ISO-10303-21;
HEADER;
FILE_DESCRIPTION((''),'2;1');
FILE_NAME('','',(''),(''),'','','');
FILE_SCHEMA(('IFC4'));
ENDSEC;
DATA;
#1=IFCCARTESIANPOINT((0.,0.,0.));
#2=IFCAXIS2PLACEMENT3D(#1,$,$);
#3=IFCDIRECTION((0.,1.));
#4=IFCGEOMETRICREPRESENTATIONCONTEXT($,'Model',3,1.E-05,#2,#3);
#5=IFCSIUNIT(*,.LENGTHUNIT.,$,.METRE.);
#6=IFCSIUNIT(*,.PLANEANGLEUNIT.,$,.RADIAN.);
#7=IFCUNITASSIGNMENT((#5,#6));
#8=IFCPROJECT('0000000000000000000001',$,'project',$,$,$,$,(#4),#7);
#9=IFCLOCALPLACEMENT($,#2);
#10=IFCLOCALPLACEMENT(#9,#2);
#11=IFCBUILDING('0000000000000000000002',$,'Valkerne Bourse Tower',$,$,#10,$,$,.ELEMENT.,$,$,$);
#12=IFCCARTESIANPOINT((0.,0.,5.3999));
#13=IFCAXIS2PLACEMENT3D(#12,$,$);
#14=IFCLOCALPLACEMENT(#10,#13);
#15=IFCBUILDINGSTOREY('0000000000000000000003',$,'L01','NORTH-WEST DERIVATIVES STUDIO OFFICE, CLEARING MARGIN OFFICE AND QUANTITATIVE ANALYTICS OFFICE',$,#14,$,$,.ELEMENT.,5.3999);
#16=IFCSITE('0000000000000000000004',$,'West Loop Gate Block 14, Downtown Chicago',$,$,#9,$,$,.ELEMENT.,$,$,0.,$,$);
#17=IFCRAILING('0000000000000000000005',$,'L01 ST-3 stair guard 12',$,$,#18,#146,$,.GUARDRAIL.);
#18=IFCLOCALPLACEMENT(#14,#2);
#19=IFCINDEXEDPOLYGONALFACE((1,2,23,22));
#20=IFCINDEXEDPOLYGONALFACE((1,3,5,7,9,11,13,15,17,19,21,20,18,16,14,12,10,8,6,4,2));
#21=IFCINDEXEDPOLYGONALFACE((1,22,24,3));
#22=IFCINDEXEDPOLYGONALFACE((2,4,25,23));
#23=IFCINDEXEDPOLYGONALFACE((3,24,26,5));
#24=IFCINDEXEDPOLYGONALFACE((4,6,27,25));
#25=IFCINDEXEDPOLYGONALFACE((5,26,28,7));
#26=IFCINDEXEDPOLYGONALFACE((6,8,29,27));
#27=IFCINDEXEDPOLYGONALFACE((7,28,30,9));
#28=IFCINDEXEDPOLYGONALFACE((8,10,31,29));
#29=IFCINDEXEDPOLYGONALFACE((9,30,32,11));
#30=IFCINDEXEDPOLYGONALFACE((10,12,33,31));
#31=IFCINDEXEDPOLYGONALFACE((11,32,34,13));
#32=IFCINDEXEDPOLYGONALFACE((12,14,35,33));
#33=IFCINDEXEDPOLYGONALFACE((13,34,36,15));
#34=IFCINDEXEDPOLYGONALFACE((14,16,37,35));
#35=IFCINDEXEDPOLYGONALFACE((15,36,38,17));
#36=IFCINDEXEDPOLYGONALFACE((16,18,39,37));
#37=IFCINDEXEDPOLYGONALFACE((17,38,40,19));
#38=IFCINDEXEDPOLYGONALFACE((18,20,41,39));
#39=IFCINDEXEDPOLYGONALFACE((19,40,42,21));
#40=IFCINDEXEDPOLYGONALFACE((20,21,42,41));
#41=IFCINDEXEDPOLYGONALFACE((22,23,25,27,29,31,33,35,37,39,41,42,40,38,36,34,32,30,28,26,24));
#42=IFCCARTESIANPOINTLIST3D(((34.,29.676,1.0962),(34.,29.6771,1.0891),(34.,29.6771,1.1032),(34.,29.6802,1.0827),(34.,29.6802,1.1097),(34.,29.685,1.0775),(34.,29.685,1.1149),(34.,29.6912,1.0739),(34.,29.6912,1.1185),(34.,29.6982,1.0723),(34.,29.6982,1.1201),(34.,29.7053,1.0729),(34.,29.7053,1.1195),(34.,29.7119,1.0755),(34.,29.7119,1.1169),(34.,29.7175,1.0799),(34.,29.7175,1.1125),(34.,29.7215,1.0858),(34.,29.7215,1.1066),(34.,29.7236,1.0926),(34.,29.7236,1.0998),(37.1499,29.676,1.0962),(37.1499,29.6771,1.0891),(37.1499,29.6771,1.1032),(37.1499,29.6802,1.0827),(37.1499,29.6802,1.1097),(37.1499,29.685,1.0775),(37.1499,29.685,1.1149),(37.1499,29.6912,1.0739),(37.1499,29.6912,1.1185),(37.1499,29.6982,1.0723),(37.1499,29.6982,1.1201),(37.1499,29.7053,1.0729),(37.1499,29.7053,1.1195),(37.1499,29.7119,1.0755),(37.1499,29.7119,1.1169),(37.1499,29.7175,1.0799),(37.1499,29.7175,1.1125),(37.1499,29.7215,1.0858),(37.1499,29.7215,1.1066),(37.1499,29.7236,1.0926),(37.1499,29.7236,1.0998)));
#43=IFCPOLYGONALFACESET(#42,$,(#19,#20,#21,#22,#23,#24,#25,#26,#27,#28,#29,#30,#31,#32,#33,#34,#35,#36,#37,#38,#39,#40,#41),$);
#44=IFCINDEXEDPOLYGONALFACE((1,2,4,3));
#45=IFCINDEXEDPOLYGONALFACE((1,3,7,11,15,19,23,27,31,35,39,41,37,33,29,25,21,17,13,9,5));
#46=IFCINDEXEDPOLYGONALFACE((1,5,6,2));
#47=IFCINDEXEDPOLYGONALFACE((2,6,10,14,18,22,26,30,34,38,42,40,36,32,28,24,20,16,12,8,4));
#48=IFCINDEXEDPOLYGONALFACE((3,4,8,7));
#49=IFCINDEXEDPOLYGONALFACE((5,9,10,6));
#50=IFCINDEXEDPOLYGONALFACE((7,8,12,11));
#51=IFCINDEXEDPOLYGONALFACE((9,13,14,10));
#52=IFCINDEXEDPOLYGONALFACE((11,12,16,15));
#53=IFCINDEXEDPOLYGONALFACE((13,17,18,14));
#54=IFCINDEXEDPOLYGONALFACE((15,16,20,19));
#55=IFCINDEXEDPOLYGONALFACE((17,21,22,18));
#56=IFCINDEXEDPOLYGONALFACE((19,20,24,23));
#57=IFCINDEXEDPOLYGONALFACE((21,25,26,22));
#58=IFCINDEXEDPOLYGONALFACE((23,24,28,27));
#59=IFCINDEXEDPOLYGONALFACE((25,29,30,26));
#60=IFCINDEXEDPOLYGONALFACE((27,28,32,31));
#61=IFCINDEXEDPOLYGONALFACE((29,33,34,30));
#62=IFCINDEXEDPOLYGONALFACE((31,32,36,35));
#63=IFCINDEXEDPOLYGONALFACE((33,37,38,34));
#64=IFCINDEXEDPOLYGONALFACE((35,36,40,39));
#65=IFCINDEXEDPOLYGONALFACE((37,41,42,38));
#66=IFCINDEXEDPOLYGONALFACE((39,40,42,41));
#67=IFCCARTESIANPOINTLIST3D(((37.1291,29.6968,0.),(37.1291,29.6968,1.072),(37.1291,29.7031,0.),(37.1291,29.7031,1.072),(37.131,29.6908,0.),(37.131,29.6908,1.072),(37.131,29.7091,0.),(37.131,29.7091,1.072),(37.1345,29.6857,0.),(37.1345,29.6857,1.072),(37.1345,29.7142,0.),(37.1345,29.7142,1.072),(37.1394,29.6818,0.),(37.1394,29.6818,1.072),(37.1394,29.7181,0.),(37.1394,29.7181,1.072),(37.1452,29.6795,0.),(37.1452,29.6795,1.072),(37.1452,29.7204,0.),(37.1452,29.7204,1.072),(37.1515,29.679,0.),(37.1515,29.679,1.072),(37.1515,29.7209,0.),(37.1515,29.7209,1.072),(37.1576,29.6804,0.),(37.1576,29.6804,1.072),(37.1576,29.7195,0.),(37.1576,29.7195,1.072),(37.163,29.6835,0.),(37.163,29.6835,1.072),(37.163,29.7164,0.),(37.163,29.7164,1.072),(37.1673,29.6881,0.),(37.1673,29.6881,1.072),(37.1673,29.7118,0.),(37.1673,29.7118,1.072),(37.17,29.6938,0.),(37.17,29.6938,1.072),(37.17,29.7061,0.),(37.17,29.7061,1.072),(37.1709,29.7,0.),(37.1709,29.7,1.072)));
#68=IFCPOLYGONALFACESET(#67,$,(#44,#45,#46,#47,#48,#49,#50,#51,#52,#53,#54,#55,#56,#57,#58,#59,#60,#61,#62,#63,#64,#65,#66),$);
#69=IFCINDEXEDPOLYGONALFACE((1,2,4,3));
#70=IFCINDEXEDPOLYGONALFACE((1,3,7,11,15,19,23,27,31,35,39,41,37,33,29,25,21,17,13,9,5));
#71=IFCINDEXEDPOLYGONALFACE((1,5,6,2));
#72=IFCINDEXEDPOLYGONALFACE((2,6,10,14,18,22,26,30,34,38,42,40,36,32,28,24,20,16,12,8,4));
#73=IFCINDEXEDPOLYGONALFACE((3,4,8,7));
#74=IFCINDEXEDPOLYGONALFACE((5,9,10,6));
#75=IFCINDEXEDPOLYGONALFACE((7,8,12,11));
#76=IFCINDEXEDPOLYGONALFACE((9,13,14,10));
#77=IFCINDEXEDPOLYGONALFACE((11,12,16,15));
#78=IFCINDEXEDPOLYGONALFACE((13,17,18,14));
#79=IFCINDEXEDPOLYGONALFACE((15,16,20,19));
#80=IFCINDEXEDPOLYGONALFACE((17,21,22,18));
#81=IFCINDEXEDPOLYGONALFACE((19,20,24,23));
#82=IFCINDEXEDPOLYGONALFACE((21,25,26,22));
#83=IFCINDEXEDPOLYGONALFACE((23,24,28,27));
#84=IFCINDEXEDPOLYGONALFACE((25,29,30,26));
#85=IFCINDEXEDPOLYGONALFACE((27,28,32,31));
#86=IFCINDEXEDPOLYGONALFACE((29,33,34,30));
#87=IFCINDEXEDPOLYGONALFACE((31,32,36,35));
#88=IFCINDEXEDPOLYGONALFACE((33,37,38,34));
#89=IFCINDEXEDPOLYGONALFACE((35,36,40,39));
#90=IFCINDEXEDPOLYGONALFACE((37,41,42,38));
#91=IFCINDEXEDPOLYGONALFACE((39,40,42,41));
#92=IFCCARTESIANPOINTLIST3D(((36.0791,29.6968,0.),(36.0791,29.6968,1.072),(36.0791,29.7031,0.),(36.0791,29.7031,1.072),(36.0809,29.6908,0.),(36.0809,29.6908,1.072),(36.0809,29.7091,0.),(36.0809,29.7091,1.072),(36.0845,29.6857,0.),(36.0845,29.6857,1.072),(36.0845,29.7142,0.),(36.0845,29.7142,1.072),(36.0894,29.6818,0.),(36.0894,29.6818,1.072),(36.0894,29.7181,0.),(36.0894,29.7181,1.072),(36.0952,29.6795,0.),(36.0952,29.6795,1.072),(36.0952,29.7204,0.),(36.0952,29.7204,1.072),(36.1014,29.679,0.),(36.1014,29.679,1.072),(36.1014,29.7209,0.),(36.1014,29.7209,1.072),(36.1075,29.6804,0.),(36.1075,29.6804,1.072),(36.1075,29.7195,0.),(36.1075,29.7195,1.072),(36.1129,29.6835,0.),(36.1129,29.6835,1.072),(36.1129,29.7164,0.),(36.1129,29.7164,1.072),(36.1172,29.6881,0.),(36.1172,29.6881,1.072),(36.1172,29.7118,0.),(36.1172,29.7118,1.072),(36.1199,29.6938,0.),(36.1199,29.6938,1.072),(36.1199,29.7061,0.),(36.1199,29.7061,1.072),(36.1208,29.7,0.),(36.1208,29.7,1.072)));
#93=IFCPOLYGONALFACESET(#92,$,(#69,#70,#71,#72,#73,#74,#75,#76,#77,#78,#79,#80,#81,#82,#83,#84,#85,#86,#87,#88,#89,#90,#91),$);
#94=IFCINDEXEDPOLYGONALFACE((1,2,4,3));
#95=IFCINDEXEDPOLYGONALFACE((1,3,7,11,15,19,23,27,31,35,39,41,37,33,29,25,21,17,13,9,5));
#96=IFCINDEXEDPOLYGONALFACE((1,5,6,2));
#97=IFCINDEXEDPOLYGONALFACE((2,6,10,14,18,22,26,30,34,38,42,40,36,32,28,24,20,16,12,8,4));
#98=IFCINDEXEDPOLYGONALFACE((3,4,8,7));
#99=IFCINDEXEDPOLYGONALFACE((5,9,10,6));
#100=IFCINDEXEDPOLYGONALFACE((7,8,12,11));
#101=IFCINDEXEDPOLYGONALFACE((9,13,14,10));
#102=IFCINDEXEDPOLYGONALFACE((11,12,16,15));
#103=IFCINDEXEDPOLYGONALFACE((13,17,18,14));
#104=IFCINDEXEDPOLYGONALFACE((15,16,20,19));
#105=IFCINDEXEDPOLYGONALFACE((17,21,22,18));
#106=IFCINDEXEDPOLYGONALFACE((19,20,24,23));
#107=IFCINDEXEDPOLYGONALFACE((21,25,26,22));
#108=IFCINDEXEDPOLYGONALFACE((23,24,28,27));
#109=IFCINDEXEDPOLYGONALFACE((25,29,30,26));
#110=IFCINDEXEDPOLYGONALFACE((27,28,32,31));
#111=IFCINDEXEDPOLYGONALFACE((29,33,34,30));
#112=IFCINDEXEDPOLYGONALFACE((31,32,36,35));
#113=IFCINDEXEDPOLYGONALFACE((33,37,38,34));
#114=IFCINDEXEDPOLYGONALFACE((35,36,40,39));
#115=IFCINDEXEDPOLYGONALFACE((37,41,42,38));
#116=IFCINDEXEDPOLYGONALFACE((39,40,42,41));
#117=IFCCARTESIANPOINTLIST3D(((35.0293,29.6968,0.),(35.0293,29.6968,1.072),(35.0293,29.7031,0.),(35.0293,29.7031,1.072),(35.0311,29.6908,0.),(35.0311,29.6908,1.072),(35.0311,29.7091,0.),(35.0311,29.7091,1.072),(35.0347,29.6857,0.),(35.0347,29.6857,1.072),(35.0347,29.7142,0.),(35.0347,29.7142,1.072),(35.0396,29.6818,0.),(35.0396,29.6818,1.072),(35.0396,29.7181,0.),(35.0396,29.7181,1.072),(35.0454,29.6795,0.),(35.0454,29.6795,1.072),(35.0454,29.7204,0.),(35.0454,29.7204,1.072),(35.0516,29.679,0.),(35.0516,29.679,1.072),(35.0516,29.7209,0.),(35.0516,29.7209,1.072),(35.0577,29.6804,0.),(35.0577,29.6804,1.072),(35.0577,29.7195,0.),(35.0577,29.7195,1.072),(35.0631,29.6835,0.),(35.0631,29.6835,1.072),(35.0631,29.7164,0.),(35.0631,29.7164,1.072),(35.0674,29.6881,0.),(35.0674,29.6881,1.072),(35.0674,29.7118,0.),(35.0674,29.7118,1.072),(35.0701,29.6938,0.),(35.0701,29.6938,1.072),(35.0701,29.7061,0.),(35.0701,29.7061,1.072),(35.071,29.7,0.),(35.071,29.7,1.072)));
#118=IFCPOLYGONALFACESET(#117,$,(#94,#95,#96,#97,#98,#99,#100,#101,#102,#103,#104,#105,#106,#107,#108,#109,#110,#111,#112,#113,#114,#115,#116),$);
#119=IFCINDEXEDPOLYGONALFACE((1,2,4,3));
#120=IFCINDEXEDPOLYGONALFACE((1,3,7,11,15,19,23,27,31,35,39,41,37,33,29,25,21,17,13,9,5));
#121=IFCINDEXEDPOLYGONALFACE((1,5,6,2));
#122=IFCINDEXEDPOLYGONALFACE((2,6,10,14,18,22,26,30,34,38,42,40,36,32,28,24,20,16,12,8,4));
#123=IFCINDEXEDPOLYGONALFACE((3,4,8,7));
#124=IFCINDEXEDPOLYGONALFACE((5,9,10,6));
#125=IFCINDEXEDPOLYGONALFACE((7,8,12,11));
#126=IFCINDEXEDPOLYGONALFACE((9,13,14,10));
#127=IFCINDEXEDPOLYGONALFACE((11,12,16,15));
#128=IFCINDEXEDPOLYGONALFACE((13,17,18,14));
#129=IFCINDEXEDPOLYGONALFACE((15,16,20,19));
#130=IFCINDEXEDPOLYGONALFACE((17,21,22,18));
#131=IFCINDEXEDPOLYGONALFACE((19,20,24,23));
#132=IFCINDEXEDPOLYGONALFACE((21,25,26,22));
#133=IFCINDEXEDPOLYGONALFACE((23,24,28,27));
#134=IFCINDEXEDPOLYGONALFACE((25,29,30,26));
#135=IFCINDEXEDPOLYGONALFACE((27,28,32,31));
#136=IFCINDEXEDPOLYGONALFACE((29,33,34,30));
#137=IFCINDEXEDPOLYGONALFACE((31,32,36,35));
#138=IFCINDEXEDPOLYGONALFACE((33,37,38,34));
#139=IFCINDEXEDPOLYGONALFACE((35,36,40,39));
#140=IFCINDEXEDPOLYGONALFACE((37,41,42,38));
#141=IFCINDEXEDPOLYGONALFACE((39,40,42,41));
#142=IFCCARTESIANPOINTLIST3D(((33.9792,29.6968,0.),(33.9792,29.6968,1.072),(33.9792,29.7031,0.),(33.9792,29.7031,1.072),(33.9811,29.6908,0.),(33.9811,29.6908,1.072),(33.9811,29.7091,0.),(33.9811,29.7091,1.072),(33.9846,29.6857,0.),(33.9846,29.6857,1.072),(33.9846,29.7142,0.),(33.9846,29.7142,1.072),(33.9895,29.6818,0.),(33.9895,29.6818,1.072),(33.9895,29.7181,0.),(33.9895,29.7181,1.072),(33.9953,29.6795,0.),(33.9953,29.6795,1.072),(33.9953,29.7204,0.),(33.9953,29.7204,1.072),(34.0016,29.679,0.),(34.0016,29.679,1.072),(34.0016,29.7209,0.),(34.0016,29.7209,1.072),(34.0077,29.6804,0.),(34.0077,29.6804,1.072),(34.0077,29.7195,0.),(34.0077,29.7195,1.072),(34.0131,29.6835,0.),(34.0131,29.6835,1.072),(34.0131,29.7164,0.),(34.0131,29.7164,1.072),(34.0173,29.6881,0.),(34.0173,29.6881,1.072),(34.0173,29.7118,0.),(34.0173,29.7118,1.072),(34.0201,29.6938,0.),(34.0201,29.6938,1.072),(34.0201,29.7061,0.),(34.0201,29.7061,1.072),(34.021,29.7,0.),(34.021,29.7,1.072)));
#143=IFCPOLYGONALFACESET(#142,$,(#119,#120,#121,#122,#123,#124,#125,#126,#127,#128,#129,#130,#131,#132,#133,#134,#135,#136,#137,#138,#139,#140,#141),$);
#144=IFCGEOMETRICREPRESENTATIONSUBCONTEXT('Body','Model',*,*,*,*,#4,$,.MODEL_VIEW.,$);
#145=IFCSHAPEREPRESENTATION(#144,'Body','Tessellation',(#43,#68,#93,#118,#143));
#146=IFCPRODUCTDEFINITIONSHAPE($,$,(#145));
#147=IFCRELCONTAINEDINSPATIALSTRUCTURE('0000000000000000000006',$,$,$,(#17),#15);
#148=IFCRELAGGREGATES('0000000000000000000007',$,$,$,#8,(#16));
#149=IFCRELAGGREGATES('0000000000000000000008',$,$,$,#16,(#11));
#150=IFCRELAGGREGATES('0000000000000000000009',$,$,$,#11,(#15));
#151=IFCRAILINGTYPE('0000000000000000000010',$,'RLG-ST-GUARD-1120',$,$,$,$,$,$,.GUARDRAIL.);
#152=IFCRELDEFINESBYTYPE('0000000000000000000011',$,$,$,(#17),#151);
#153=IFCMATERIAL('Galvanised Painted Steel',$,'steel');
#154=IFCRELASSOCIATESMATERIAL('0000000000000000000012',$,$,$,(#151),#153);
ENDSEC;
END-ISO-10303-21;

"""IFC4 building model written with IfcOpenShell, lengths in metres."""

from ifc_helpers import new_model, si_unit, direction, frame, origin, origin_2d, place, context, subcontext, project, spatial, circle, extrude, material, type_object, element, save


model = new_model("IFC4")

# Units and contexts
model_context = context("Model", 3, precision=1e-05, world=origin(), true_north=direction((0.0, 1.0)))
body_context = subcontext(model_context, "Body", "Model", "MODEL_VIEW")
ifc_project = project(units=[si_unit("LENGTHUNIT", "METRE"), si_unit("PLANEANGLEUNIT", "RADIAN")], contexts=[model_context])

# Site, building, storey
site_placement = place(None, origin())
site = spatial("IfcSite", under=ifc_project, at=site_placement, Name="West Loop Gate Block 14, Downtown Chicago", CompositionType="ELEMENT", RefElevation=0.0)
building_placement = place(site_placement, origin())
building = spatial("IfcBuilding", under=site, at=building_placement, Name="Valkerne Bourse Tower", CompositionType="ELEMENT")
storey_placement = place(building_placement, frame((0.0, 0.0, 5.3999)))
storey = spatial("IfcBuildingStorey", under=building, at=storey_placement, Name="L01", Description="NORTH-WEST DERIVATIVES STUDIO OFFICE, CLEARING MARGIN OFFICE AND QUANTITATIVE ANALYTICS OFFICE", CompositionType="ELEMENT", Elevation=5.3999)

# Shared definitions
ifc_material_1 = material(Name="Galvanised Painted Steel", Category="steel")

# Railing
railing_type_1 = type_object("IfcRailingType", Name="RLG-ST-GUARD-1120", PredefinedType="GUARDRAIL", material=ifc_material_1)
railing_1_placement = place(storey_placement, frame((37.1499, 29.7, 0.0)))
element("IfcRailing", 1, at=railing_1_placement, inside=storey, type_object=railing_type_1, Name="L01 ST-3 stair guard 12", PredefinedType="GUARDRAIL", context=body_context, shape_type="SweptSolid", body=[
    extrude(circle(Radius=0.0239, at=origin_2d()), frame((0.0, 0.0, 1.0962), z_axis=(-1.0, 0.0, 0.0), x_axis=(0.0, -1.0, 0.0)), (0.0, 0.0, 1.0), 3.1499),
    extrude(circle(Radius=0.021, at=origin_2d()), origin(), (0.0, 0.0, 1.0), 1.072),
    extrude(circle(Radius=0.021, at=origin_2d()), frame((-1.05, 0.0, 0.0)), (0.0, 0.0, 1.0), 1.072),
    extrude(circle(Radius=0.021, at=origin_2d()), frame((-2.0999, 0.0, 0.0)), (0.0, 0.0, 1.0), 1.072),
    extrude(circle(Radius=0.021, at=origin_2d()), frame((-3.1499, 0.0, 0.0)), (0.0, 0.0, 1.0), 1.072),
])

save(model, "model.ifc")
